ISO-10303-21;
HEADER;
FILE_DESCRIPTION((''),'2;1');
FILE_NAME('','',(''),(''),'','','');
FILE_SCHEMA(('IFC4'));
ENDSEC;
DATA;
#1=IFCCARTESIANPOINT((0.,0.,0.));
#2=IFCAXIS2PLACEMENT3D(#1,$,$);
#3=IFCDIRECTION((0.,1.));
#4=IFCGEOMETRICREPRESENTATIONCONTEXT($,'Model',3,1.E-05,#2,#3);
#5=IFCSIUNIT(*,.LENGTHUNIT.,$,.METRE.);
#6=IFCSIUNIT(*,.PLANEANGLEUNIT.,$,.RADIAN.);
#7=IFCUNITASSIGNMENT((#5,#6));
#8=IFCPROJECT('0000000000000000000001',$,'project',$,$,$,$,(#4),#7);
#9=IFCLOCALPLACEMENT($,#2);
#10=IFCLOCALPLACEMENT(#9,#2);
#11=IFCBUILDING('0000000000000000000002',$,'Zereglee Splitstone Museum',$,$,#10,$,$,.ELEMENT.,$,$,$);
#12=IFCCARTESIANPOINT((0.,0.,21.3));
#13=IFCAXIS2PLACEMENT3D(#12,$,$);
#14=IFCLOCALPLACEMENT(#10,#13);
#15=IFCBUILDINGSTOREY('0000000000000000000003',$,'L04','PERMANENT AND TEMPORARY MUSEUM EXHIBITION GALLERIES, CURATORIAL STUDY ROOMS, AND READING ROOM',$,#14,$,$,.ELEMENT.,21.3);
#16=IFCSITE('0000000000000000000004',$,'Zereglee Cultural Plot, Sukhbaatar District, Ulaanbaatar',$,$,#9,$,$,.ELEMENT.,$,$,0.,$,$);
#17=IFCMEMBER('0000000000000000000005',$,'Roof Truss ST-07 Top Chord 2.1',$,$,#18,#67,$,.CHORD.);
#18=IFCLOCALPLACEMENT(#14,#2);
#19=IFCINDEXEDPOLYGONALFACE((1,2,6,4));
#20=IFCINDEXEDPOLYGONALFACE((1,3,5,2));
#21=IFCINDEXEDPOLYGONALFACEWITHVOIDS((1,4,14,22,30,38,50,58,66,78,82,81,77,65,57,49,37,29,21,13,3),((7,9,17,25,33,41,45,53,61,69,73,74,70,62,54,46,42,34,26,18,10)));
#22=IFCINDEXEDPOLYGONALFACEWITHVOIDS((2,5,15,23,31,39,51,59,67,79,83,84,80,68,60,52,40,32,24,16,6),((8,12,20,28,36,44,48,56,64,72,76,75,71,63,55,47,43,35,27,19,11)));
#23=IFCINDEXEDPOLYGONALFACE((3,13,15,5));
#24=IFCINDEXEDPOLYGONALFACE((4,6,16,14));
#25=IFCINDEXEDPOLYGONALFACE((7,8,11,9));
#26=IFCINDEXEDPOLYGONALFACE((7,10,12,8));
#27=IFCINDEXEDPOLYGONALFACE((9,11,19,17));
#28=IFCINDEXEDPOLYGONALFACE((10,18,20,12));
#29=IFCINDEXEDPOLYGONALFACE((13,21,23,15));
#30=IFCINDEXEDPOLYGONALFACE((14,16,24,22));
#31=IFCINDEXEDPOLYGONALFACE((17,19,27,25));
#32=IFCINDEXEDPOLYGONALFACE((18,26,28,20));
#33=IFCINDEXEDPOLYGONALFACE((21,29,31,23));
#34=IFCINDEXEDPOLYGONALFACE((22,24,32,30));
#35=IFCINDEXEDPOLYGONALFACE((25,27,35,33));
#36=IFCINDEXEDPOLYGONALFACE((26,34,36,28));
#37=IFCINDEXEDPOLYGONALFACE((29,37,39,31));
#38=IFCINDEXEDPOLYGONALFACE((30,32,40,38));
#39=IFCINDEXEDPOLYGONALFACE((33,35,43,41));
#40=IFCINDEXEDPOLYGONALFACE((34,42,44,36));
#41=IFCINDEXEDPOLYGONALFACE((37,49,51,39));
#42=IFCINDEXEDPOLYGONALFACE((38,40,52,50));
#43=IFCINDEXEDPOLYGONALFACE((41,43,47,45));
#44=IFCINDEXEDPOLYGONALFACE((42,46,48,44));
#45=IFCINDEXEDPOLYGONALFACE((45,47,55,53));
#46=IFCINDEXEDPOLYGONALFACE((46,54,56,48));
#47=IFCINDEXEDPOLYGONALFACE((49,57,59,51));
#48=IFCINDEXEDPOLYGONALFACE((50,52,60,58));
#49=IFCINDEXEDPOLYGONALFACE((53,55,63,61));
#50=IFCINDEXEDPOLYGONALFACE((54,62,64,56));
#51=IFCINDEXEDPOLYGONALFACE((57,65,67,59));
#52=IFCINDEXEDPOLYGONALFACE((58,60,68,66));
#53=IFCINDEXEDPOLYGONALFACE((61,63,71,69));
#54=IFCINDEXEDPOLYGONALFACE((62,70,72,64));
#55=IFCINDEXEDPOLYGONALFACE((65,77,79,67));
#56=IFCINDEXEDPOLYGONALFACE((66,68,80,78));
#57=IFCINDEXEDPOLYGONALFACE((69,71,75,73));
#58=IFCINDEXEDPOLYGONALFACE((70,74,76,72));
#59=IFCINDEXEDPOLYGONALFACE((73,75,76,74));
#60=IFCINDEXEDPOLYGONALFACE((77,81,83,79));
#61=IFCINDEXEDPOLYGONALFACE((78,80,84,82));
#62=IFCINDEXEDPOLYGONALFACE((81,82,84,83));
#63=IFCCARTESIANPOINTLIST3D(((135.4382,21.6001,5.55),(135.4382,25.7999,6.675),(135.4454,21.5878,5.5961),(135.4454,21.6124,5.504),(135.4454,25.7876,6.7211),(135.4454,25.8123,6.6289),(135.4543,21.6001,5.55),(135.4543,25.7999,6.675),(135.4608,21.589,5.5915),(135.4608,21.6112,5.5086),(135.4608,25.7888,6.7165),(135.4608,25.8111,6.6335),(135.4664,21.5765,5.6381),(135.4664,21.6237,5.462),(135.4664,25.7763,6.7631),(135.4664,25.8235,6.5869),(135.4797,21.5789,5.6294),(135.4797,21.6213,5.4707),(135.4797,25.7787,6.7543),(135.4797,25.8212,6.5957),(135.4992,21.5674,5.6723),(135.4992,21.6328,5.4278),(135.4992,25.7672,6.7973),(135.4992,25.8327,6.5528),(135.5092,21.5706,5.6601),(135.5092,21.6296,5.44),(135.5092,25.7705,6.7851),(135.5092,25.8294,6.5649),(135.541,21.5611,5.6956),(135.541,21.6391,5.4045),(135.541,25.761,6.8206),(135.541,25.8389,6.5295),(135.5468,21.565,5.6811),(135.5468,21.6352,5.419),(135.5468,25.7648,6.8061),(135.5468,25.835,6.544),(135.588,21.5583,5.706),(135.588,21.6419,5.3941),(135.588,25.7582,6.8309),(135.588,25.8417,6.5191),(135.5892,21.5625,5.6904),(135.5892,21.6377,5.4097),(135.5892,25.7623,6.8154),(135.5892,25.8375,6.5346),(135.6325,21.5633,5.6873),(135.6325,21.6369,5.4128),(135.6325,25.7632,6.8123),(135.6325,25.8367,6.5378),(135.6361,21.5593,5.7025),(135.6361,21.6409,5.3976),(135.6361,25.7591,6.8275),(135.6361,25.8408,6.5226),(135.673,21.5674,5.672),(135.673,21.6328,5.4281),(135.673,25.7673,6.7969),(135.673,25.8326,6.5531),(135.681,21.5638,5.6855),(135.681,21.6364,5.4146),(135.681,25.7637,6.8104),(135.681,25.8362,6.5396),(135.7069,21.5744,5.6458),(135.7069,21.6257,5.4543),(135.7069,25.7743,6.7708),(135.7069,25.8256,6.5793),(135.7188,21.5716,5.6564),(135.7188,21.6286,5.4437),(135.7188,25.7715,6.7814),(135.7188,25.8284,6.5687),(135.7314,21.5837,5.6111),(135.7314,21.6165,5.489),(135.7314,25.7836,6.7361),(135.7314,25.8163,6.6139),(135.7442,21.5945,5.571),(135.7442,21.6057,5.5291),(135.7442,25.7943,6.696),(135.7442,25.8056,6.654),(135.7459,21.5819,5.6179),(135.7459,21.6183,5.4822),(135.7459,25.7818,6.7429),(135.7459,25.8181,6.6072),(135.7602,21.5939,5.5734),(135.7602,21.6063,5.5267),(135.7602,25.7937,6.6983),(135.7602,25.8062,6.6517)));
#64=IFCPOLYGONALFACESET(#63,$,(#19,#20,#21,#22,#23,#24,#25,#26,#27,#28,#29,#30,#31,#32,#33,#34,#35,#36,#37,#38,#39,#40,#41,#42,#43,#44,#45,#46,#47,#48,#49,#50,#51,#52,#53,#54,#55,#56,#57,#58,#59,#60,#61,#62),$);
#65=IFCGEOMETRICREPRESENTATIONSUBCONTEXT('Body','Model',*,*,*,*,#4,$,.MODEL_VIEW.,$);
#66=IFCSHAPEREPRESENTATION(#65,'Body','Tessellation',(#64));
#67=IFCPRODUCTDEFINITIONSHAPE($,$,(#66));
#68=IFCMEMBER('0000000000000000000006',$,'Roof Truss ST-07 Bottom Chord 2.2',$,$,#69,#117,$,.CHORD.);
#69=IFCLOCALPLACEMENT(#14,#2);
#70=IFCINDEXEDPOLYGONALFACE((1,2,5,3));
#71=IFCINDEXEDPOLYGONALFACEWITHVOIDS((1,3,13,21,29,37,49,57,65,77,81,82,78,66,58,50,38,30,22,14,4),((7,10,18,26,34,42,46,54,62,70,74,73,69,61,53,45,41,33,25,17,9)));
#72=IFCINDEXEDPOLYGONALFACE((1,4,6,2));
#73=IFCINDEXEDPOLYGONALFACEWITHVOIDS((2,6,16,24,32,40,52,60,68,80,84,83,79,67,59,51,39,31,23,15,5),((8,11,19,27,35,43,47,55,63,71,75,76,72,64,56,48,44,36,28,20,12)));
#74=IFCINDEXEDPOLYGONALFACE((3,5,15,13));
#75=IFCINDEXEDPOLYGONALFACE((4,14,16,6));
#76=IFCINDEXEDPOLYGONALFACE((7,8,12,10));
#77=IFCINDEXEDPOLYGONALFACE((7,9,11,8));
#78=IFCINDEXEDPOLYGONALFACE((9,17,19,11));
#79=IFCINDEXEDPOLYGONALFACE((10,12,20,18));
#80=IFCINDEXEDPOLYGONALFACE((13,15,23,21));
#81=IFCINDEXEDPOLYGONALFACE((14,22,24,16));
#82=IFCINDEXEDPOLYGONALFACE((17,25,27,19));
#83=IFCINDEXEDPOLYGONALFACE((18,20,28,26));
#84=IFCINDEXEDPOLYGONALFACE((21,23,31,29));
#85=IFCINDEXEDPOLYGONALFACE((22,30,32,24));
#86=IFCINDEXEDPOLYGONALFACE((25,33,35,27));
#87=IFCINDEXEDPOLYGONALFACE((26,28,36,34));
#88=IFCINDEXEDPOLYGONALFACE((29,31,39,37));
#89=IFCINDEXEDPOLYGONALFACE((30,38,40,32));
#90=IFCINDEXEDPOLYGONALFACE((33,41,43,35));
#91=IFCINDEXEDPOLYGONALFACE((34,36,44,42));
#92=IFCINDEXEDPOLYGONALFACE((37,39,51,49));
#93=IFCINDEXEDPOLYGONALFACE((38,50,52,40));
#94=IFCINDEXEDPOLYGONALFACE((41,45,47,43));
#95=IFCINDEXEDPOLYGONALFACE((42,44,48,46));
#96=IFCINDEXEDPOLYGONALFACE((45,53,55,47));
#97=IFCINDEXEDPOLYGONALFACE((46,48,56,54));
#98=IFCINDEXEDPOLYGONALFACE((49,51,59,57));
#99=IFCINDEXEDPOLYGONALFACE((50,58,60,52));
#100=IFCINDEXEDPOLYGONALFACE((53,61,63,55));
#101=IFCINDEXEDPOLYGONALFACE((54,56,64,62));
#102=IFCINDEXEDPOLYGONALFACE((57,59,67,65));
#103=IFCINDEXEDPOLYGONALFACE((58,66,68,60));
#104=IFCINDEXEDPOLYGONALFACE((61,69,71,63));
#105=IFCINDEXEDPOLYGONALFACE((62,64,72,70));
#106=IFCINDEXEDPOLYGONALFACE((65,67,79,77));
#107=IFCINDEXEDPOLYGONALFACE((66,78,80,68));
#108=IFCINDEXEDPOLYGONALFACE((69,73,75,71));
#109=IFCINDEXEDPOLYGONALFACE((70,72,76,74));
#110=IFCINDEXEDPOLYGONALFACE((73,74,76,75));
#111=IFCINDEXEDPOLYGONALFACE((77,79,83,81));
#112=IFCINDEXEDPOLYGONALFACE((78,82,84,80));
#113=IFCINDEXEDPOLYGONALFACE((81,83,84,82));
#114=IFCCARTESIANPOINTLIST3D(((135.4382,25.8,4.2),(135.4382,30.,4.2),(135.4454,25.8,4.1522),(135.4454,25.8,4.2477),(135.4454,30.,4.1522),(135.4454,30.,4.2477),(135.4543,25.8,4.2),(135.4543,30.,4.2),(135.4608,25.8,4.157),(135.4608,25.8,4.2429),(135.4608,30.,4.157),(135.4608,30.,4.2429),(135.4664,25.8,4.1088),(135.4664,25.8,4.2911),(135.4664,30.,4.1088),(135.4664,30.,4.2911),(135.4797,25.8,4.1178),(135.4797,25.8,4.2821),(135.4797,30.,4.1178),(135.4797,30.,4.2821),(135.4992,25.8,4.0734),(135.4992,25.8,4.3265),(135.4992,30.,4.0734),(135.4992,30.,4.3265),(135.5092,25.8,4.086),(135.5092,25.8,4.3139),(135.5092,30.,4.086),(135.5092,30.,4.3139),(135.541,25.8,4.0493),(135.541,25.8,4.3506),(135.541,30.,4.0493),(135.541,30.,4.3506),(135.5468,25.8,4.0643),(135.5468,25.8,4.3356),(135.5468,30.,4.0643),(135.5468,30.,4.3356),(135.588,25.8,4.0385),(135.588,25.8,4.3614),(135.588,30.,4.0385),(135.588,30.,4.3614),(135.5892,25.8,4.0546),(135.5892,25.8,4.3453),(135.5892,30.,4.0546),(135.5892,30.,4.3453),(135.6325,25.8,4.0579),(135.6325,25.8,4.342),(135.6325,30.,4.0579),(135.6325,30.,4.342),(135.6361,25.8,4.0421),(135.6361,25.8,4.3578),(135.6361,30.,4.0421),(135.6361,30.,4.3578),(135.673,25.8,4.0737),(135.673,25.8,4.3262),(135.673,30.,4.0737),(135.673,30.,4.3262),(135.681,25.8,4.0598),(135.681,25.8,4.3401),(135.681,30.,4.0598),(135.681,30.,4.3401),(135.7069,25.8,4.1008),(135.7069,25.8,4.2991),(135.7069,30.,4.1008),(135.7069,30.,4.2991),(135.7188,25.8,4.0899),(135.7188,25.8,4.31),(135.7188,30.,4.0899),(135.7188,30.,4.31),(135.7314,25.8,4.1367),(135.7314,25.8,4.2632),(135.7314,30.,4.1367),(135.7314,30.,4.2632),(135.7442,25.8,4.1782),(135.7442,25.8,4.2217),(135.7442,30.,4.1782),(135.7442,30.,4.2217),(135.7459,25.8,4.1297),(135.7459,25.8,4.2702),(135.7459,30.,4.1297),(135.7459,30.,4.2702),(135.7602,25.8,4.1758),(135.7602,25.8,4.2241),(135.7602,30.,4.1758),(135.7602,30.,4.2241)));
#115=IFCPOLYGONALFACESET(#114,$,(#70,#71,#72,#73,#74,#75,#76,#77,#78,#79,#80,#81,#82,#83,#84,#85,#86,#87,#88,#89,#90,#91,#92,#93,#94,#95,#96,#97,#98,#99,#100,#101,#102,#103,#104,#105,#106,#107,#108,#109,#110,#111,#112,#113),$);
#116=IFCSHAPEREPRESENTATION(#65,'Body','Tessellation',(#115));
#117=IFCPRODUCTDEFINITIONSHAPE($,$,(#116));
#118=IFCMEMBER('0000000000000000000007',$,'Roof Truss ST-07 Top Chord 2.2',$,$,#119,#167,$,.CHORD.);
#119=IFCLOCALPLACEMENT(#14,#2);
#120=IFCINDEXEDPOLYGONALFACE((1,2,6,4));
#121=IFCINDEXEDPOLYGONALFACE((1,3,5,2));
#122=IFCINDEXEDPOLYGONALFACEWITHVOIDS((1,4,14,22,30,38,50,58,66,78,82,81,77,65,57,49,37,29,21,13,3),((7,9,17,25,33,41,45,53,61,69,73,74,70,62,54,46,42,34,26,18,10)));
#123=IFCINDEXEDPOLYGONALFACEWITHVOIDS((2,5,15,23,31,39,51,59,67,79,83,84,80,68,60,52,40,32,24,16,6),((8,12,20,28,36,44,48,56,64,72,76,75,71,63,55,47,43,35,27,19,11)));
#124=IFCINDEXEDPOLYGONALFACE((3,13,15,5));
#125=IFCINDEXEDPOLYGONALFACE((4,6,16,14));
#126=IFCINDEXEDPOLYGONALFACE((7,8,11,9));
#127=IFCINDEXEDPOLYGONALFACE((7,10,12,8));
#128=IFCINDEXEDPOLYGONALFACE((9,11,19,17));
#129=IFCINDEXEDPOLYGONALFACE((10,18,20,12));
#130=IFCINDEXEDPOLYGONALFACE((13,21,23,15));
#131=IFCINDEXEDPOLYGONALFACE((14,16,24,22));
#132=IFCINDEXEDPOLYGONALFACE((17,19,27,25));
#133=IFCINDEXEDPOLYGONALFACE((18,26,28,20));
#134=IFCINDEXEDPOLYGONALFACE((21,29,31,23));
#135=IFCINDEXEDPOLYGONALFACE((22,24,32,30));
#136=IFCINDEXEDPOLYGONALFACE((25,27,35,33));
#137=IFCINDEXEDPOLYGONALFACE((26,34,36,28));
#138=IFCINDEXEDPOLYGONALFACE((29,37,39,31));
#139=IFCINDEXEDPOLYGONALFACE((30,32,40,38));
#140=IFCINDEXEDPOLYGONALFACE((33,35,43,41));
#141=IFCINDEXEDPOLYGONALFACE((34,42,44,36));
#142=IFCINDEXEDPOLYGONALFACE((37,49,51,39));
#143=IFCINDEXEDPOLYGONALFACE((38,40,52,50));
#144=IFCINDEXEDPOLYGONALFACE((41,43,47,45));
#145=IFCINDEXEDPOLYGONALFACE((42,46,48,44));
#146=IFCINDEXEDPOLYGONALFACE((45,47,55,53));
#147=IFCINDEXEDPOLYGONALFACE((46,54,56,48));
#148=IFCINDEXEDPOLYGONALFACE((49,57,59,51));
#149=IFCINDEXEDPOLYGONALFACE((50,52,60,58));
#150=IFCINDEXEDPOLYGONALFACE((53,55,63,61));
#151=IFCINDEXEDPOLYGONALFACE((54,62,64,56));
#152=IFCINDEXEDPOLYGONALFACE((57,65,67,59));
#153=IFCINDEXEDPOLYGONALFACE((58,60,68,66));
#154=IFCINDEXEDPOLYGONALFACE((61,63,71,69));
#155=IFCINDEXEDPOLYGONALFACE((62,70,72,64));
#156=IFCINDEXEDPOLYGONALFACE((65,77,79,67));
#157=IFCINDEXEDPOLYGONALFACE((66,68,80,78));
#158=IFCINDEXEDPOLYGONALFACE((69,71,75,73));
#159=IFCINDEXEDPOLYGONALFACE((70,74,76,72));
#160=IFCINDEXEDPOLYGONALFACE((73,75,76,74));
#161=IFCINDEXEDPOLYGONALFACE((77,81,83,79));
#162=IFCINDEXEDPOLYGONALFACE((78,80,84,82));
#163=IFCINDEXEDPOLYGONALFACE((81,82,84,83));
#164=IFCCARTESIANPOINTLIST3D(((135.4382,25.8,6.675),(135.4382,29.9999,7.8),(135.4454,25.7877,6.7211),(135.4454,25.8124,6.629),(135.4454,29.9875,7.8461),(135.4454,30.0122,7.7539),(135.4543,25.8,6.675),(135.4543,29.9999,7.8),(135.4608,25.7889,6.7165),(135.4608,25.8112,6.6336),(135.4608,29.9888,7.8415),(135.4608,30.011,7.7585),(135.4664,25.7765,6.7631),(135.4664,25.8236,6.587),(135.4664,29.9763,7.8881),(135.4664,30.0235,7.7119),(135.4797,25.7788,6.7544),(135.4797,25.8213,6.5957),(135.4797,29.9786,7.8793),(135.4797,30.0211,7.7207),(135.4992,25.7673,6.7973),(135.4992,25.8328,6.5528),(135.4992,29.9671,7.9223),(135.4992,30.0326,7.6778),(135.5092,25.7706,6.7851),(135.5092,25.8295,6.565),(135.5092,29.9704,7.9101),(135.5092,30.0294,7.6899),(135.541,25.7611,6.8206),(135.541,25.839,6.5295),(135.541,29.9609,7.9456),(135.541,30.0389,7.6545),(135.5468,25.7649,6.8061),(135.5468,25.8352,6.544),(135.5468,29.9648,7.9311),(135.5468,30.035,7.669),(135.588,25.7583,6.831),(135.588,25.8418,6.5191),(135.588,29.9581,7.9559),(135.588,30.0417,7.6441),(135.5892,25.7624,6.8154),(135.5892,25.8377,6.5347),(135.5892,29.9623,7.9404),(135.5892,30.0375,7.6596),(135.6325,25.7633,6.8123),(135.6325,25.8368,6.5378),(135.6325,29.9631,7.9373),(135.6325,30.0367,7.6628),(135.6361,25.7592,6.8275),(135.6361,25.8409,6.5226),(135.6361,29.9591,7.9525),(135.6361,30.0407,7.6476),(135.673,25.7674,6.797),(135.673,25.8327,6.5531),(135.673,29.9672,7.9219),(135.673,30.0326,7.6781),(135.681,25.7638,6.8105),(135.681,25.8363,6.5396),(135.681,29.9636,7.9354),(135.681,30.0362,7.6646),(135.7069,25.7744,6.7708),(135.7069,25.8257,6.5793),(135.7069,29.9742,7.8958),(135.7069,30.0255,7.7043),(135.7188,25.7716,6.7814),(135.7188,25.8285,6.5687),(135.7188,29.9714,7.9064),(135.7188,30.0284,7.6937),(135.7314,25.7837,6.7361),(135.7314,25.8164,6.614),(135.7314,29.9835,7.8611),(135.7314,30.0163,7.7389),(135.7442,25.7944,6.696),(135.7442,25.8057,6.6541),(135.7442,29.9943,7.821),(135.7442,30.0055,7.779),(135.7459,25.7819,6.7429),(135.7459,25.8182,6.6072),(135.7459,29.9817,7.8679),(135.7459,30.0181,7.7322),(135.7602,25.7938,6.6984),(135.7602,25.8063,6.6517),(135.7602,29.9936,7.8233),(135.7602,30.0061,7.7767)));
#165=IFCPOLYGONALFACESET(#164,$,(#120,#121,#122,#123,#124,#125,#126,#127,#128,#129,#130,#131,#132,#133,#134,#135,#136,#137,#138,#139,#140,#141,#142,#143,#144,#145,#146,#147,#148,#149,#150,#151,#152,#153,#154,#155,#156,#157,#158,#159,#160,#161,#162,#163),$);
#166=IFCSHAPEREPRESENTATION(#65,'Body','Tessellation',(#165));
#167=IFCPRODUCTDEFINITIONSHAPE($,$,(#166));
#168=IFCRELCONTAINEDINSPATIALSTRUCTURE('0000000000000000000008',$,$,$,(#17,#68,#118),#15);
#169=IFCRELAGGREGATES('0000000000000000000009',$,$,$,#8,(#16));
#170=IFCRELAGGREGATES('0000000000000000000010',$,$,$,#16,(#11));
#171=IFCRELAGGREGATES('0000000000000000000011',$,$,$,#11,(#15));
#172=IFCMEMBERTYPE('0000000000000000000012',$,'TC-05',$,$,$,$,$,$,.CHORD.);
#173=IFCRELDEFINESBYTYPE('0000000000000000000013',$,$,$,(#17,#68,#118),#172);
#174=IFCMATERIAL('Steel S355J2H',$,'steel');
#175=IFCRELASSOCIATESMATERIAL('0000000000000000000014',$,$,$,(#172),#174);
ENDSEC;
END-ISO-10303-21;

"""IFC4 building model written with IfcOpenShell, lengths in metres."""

from ifc_helpers import new_model, si_unit, direction, frame, origin, origin_2d, place, context, subcontext, project, spatial, hollow_circle, extrude, material, material_profile, profile_set, type_object, element, save


model = new_model("IFC4")

# Units and contexts
model_context = context("Model", 3, precision=1e-05, world=origin(), true_north=direction((0.0, 1.0)))
body_context = subcontext(model_context, "Body", "Model", "MODEL_VIEW")
ifc_project = project(units=[si_unit("LENGTHUNIT", "METRE"), si_unit("PLANEANGLEUNIT", "RADIAN")], contexts=[model_context])

# Site, building, storey
site_placement = place(None, origin())
site = spatial("IfcSite", under=ifc_project, at=site_placement, Name="Zereglee Cultural Plot, Sukhbaatar District, Ulaanbaatar", CompositionType="ELEMENT", RefElevation=0.0)
building_placement = place(site_placement, origin())
building = spatial("IfcBuilding", under=site, at=building_placement, Name="Zereglee Splitstone Museum", CompositionType="ELEMENT")
storey_placement = place(building_placement, frame((0.0, 0.0, 21.3)))
storey = spatial("IfcBuildingStorey", under=building, at=storey_placement, Name="L04", Description="PERMANENT AND TEMPORARY MUSEUM EXHIBITION GALLERIES, CURATORIAL STUDY ROOMS, AND READING ROOM", CompositionType="ELEMENT", Elevation=21.3)

# Shared definitions
ifc_material_1 = material(Name="Steel S355J2H", Category="steel")

# Members
ifc_material_profile_1 = material_profile(ifc_material_1, hollow_circle(Radius=0.1619, WallThickness=0.0161, at=origin_2d()), Name="CHS 323.9x16")
ifc_profile_set_1 = profile_set([ifc_material_profile_1], Name="Steel S355J2H")
member_type_1 = type_object("IfcMemberType", Name="TC-05", PredefinedType="CHORD", material=ifc_profile_set_1)
member_1_placement = place(storey_placement, frame((135.6001, 21.6001, 5.55), z_axis=(0.0, 0.965947, 0.258739), x_axis=(-1.0, 0.0, 0.0)))
element("IfcMember", 1, at=member_1_placement, inside=storey, type_object=member_type_1, Name="Roof Truss ST-07 Top Chord 2.1", PredefinedType="CHORD", context=body_context, shape_type="SweptSolid", body=[
    extrude(hollow_circle(Radius=0.1619, WallThickness=0.0161, at=origin_2d()), origin(), (0.0, 0.0, 1.0), 4.3479),
])
member_2_placement = place(storey_placement, frame((135.6001, 25.8, 4.2), z_axis=(0.0, 1.0, 0.0), x_axis=(-1.0, 0.0, 0.0)))
element("IfcMember", 2, at=member_2_placement, inside=storey, type_object=member_type_1, Name="Roof Truss ST-07 Bottom Chord 2.2", PredefinedType="CHORD", context=body_context, shape_type="SweptSolid", body=[
    extrude(hollow_circle(Radius=0.1619, WallThickness=0.0161, at=origin_2d()), origin(), (0.0, 0.0, 1.0), 4.2),
])
member_3_placement = place(storey_placement, frame((135.6001, 25.8, 6.675), z_axis=(0.0, 0.965947, 0.258739), x_axis=(-1.0, 0.0, 0.0)))
element("IfcMember", 3, at=member_3_placement, inside=storey, type_object=member_type_1, Name="Roof Truss ST-07 Top Chord 2.2", PredefinedType="CHORD", context=body_context, shape_type="SweptSolid", body=[
    extrude(hollow_circle(Radius=0.1619, WallThickness=0.0161, at=origin_2d()), origin(), (0.0, 0.0, 1.0), 4.3479),
])

save(model, "model.ifc")
